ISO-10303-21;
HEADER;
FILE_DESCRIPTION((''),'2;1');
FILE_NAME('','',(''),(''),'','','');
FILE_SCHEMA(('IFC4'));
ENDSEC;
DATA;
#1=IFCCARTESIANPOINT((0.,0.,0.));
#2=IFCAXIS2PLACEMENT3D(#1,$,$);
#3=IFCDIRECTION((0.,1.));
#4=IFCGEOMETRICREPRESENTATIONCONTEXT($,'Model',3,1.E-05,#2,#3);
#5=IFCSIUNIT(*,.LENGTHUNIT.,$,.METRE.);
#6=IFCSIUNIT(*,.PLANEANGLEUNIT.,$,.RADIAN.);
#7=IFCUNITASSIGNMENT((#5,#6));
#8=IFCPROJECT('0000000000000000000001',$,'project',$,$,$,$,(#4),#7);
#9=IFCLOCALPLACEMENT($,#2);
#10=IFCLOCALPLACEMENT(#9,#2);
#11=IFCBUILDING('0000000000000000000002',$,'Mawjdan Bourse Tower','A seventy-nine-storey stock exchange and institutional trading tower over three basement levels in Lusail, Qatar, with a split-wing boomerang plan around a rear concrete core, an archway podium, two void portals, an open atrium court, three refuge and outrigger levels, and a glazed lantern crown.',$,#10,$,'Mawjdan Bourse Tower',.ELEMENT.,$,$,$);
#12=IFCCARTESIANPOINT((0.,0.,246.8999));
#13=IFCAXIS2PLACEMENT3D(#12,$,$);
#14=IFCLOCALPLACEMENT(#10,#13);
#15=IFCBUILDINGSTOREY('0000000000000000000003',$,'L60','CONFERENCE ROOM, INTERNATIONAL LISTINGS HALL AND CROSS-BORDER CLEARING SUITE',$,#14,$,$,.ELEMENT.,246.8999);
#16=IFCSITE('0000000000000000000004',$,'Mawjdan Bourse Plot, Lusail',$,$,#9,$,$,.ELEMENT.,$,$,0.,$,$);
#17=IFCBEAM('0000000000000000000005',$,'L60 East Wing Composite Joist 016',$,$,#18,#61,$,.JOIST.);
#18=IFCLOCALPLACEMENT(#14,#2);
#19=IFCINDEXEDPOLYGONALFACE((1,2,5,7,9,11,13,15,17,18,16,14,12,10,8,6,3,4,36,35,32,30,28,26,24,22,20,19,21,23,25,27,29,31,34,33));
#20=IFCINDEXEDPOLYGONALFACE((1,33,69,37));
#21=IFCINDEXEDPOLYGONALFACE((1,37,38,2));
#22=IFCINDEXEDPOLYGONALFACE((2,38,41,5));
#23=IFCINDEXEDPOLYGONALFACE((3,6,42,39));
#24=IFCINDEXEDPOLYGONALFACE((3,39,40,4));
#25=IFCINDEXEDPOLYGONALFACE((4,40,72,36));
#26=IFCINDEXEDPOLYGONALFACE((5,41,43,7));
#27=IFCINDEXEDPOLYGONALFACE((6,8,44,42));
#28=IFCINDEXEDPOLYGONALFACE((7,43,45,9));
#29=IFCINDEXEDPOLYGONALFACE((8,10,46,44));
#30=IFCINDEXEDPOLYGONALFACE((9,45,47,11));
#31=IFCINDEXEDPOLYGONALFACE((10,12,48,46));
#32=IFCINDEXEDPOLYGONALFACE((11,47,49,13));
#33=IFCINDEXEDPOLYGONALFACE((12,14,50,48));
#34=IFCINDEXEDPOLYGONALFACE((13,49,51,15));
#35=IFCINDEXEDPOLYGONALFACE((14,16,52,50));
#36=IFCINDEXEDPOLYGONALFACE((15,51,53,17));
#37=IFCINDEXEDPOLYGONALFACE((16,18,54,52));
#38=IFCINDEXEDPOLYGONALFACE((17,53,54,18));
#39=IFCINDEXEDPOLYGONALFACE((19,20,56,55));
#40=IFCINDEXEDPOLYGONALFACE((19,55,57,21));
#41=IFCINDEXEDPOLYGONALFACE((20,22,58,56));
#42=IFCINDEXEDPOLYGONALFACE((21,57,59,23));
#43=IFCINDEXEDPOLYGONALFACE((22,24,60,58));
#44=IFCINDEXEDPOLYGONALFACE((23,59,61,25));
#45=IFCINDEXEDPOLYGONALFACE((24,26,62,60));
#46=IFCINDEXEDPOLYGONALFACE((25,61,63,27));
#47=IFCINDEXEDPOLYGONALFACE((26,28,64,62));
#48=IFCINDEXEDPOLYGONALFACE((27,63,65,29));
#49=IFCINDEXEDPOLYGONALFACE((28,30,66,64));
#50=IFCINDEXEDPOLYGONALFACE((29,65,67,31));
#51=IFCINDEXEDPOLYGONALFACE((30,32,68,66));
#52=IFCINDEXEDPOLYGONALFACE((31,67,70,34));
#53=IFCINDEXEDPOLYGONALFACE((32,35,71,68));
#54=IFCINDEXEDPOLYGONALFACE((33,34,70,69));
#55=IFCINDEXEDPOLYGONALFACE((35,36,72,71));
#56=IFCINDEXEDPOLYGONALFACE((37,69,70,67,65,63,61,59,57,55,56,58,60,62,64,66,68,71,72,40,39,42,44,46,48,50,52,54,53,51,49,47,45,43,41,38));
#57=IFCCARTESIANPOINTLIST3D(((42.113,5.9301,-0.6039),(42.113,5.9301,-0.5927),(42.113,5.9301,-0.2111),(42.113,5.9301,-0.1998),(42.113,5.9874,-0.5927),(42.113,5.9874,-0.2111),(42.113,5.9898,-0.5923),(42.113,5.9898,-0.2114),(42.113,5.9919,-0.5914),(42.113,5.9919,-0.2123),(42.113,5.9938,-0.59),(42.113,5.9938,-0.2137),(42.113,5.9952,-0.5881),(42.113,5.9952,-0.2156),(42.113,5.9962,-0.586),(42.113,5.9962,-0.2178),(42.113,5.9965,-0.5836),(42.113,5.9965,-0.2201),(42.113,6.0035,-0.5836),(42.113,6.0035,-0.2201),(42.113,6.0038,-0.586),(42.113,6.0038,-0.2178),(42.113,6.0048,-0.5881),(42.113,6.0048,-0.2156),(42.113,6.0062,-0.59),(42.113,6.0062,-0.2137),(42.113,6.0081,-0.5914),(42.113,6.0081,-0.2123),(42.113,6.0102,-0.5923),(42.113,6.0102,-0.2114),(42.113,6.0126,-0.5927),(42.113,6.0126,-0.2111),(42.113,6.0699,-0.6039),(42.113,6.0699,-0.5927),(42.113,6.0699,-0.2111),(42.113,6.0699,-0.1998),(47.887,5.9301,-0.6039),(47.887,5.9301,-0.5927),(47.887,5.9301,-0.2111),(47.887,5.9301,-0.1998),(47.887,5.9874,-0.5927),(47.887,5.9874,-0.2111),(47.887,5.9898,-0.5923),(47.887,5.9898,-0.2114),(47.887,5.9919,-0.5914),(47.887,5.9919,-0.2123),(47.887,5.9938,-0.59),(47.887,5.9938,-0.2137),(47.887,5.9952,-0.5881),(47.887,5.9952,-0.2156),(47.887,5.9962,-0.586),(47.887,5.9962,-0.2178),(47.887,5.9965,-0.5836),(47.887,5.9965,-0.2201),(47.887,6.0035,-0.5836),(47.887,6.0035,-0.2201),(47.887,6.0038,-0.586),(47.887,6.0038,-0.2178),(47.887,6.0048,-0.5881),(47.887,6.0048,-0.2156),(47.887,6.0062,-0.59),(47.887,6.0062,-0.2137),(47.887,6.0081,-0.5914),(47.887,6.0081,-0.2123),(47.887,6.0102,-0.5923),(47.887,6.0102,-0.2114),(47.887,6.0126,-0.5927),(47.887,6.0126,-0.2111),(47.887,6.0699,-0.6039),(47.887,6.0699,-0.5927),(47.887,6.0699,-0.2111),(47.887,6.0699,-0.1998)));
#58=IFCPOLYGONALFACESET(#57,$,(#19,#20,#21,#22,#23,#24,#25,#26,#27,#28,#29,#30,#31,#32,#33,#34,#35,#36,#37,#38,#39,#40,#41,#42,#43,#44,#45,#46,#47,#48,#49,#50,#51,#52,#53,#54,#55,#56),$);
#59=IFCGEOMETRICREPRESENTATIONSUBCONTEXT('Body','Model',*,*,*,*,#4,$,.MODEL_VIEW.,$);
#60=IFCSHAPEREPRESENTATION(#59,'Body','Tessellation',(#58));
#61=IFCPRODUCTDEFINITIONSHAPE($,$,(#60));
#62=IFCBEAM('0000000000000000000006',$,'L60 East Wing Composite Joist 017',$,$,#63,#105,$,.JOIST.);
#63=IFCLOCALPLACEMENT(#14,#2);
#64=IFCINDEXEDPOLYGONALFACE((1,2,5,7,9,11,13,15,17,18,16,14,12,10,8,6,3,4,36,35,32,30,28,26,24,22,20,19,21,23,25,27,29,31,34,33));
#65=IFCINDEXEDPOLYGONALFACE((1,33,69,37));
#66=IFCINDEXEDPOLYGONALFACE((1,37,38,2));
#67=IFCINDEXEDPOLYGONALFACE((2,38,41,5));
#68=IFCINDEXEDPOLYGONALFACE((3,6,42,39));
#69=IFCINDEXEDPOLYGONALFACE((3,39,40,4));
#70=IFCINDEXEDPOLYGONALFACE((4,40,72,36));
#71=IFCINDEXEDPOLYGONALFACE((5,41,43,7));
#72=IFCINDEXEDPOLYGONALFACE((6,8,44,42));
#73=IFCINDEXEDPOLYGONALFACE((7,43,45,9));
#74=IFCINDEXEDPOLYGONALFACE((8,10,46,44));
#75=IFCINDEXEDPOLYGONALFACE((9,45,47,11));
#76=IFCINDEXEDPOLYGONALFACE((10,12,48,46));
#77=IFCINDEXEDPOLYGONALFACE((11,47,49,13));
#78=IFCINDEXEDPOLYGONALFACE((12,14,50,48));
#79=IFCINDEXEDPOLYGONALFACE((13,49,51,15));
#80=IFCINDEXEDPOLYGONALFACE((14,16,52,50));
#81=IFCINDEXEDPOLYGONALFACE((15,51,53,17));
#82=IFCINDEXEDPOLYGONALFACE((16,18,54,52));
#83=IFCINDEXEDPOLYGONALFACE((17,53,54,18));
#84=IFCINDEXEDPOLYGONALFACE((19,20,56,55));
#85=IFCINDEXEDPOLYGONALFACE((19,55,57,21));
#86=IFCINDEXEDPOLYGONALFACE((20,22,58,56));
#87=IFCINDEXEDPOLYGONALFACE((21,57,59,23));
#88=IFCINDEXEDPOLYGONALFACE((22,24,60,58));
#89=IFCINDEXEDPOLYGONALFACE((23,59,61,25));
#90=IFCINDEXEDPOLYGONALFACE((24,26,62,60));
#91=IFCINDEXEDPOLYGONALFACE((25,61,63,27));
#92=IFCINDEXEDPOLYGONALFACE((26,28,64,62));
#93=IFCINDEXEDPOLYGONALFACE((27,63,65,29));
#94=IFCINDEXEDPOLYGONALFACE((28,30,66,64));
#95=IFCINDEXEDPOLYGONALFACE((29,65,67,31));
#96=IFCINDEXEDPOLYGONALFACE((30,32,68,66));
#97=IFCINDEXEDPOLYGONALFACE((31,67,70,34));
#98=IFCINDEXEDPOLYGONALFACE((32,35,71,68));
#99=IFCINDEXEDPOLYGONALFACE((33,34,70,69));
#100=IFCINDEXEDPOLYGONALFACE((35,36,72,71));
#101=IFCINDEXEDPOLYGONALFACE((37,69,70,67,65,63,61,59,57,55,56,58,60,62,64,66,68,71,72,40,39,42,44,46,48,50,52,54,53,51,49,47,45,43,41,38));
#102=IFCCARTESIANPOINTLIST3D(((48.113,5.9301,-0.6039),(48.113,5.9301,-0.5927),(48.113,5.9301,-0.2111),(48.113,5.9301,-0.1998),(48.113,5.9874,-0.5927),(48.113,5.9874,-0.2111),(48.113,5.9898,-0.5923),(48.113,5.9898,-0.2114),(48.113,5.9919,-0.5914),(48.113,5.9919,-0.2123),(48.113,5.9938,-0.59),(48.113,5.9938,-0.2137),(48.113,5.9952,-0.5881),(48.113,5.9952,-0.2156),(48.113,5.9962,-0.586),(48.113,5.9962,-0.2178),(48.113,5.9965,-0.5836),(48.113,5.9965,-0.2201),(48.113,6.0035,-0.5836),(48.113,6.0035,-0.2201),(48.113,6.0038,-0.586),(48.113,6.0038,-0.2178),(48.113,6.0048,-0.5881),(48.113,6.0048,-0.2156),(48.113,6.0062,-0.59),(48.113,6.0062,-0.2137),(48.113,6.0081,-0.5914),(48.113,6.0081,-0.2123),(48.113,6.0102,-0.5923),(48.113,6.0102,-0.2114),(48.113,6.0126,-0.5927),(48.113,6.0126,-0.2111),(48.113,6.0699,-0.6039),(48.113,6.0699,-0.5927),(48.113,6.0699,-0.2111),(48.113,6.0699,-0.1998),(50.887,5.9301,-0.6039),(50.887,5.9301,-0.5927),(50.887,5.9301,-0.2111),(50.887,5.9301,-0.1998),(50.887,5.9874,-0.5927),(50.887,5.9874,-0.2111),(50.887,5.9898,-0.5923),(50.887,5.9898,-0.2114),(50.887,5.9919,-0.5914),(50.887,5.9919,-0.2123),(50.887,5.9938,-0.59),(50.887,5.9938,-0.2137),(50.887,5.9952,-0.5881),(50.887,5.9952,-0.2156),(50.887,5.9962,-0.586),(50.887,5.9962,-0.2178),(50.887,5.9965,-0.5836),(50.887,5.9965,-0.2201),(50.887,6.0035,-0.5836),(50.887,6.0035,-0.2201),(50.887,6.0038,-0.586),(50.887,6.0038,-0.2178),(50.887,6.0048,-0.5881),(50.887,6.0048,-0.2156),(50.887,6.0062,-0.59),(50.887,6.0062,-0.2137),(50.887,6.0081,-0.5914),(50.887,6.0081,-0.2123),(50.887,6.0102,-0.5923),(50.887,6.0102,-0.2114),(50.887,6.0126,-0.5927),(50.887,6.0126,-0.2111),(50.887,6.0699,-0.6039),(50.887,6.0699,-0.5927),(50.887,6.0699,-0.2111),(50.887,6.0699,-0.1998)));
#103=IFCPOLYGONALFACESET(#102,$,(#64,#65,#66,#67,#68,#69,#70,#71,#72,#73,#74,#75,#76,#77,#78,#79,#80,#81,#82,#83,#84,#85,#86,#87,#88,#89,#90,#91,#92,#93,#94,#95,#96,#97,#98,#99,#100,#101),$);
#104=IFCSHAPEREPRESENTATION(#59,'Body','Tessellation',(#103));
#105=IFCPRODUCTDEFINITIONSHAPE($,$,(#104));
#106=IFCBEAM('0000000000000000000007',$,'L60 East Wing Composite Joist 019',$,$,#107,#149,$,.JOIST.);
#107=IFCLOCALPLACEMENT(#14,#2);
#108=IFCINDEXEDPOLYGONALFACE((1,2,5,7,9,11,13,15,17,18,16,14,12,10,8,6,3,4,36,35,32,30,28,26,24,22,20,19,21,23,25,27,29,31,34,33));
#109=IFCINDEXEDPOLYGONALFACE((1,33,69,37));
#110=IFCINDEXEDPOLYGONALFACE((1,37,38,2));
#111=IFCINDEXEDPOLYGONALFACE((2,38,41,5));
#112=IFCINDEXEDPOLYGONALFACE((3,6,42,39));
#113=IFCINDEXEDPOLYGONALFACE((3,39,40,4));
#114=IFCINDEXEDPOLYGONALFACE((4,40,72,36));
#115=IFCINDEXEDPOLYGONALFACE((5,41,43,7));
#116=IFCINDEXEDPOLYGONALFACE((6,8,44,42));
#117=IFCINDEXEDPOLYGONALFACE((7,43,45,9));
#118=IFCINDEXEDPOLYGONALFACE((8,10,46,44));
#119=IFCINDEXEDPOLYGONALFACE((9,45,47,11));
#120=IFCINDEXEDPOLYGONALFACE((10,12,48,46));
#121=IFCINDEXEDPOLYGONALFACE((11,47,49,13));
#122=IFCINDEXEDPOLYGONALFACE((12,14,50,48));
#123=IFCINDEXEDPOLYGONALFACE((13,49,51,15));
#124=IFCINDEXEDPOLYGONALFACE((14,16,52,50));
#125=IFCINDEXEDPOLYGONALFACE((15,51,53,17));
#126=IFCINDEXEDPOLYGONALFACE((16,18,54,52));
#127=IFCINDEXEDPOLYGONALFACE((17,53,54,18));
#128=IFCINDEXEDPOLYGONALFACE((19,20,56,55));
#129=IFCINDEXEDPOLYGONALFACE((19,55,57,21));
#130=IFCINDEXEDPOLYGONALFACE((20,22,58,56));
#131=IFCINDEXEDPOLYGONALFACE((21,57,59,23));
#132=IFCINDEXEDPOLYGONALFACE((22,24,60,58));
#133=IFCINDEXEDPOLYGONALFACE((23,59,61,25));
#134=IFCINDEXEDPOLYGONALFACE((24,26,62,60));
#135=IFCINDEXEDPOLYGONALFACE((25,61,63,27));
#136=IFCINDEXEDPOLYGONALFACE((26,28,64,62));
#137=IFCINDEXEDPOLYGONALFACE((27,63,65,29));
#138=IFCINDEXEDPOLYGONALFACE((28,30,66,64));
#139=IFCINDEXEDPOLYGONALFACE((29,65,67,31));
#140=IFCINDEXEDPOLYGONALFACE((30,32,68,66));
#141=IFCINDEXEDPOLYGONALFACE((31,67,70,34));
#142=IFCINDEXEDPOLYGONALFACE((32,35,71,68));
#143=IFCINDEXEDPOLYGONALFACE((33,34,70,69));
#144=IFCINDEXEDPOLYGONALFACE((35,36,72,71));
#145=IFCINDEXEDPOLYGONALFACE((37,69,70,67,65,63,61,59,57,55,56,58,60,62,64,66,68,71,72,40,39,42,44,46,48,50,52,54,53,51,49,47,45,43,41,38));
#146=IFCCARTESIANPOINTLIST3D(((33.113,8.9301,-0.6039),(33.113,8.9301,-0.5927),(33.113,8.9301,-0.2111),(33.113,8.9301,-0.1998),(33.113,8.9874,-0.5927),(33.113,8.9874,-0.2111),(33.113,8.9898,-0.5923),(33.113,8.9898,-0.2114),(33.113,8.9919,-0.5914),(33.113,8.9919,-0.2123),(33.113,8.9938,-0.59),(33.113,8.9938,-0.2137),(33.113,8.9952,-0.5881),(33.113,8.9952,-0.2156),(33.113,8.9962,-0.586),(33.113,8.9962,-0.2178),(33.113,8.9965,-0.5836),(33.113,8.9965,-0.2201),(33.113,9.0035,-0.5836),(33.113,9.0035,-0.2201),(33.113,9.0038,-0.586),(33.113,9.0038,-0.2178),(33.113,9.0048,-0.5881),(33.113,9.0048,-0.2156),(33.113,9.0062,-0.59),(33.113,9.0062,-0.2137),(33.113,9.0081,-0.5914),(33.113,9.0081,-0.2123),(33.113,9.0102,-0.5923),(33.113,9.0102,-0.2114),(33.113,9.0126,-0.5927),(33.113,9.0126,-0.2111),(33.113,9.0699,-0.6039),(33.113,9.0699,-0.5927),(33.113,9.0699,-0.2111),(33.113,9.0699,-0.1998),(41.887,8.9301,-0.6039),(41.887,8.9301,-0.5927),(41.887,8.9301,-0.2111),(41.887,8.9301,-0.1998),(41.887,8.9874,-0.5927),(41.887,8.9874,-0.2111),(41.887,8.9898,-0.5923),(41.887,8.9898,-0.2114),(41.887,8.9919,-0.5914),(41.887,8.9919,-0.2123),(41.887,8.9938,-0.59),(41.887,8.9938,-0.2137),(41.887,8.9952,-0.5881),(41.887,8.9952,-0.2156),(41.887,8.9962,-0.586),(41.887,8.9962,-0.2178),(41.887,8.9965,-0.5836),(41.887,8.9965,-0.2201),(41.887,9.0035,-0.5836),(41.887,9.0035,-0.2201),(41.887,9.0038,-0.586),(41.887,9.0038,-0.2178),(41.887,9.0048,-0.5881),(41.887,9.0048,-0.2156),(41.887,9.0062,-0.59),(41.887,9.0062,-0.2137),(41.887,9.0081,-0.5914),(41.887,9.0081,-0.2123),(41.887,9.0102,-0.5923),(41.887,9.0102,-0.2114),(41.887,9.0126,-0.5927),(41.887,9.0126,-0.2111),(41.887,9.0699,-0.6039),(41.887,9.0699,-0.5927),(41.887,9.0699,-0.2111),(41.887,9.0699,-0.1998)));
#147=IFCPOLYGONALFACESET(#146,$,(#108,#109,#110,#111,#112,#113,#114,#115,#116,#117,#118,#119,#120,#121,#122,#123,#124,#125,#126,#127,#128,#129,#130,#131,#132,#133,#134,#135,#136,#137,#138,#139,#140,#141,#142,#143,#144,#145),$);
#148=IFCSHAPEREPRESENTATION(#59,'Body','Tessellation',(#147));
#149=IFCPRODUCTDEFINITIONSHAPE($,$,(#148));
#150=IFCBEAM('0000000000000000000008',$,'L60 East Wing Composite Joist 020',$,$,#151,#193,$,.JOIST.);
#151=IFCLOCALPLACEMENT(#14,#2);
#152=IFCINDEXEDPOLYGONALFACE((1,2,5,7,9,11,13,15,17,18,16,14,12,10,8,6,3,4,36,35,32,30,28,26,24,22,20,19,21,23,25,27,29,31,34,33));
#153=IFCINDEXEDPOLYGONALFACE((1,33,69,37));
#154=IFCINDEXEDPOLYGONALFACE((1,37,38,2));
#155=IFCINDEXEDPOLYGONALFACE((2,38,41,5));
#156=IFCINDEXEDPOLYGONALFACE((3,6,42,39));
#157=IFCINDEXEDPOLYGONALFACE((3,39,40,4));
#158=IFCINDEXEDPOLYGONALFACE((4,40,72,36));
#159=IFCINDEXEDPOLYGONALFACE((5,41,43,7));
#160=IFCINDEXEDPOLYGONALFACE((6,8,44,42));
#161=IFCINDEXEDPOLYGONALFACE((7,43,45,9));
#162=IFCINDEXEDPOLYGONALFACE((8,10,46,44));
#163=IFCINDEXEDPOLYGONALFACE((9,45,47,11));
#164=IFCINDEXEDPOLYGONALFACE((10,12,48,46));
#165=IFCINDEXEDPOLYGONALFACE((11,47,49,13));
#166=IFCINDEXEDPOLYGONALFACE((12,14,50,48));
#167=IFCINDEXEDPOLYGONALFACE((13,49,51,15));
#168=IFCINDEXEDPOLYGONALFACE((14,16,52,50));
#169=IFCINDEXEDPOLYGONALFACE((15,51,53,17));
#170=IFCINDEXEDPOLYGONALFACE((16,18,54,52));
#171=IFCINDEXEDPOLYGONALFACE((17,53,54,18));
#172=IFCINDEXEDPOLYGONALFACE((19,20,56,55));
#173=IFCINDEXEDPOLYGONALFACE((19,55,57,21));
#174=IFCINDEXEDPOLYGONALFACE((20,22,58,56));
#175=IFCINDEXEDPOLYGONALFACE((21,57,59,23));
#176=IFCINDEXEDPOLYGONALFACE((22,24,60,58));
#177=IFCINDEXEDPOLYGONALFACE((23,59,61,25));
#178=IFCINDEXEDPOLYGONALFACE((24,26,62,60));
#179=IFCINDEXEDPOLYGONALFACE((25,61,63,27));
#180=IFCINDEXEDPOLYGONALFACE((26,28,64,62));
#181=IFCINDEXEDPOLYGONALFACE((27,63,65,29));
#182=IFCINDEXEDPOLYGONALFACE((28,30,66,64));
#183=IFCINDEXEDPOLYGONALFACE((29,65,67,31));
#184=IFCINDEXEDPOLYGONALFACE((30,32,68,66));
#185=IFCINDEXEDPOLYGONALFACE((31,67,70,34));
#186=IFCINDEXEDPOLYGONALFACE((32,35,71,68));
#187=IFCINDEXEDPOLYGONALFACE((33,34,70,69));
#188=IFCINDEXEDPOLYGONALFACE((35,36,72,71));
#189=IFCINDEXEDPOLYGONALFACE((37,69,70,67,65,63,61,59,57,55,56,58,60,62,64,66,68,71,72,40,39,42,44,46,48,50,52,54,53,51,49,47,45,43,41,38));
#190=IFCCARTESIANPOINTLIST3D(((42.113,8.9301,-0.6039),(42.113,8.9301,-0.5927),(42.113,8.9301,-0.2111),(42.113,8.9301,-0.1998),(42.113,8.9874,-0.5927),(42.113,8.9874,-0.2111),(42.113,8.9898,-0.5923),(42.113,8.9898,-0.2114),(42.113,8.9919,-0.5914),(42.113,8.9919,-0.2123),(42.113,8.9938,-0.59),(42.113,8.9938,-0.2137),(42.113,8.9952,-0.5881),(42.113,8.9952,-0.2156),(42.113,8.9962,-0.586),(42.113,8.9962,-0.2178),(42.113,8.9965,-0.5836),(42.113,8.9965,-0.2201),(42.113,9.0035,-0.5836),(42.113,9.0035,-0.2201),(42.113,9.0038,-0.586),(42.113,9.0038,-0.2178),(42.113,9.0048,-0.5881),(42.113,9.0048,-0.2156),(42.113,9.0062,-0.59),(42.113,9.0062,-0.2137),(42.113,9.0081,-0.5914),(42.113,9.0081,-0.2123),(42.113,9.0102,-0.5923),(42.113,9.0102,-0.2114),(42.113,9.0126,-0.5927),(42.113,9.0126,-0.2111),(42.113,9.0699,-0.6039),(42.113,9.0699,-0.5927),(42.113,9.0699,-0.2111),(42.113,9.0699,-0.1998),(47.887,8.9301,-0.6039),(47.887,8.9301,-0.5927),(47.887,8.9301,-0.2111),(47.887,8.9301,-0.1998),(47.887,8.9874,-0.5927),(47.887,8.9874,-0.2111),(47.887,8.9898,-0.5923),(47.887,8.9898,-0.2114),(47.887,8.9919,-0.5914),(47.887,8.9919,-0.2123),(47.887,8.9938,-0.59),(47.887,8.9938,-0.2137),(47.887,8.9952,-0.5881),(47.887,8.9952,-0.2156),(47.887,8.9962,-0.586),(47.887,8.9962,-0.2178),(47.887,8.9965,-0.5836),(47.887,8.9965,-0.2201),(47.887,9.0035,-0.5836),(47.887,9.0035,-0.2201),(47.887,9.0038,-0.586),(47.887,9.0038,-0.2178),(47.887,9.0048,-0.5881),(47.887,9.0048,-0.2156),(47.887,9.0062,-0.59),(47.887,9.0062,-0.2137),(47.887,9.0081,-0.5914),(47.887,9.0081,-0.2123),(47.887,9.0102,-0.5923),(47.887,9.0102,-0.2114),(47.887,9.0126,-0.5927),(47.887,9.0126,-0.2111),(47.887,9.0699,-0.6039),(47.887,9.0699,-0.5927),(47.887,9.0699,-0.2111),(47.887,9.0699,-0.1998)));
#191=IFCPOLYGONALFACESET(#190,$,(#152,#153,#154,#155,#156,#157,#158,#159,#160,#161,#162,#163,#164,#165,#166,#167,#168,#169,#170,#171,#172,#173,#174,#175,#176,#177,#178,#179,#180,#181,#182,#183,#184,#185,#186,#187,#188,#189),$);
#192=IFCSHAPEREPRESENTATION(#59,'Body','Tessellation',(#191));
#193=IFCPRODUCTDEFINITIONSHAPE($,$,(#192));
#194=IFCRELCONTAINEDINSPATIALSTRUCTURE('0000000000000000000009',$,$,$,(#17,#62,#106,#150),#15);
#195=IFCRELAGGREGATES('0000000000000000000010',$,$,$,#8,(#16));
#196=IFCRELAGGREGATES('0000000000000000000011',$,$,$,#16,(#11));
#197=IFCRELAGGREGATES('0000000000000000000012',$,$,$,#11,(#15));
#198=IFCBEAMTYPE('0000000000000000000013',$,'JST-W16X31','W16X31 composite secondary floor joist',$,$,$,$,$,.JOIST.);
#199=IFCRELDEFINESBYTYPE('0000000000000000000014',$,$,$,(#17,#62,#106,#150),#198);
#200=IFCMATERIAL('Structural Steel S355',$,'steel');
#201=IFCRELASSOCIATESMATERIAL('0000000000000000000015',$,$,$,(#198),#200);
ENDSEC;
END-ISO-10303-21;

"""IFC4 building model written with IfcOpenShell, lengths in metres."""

from ifc_helpers import new_model, si_unit, direction, frame, origin, origin_2d, place, context, subcontext, project, spatial, i_section, extrude, material, material_profile, profile_set, type_object, element, save


model = new_model("IFC4")

# Units and contexts
model_context = context("Model", 3, precision=1e-05, world=origin(), true_north=direction((0.0, 1.0)))
body_context = subcontext(model_context, "Body", "Model", "MODEL_VIEW")
ifc_project = project(units=[si_unit("LENGTHUNIT", "METRE"), si_unit("PLANEANGLEUNIT", "RADIAN")], contexts=[model_context])

# Site, building, storey
site_placement = place(None, origin())
site = spatial("IfcSite", under=ifc_project, at=site_placement, Name="Mawjdan Bourse Plot, Lusail", CompositionType="ELEMENT", RefElevation=0.0)
building_placement = place(site_placement, origin())
building = spatial("IfcBuilding", under=site, at=building_placement, Name="Mawjdan Bourse Tower", Description="A seventy-nine-storey stock exchange and institutional trading tower over three basement levels in Lusail, Qatar, with a split-wing boomerang plan around a rear concrete core, an archway podium, two void portals, an open atrium court, three refuge and outrigger levels, and a glazed lantern crown.", LongName="Mawjdan Bourse Tower", CompositionType="ELEMENT")
storey_placement = place(building_placement, frame((0.0, 0.0, 246.8999)))
storey = spatial("IfcBuildingStorey", under=building, at=storey_placement, Name="L60", Description="CONFERENCE ROOM, INTERNATIONAL LISTINGS HALL AND CROSS-BORDER CLEARING SUITE", CompositionType="ELEMENT", Elevation=246.8999)

# Beams
ifc_material_1 = material(Name="Structural Steel S355", Category="steel")
ifc_material_profile_1 = material_profile(ifc_material_1, i_section(OverallWidth=0.1399, OverallDepth=0.4041, WebThickness=0.0071, FlangeThickness=0.0112, FilletRadius=0.009, at=origin_2d()), Name="W16X31")
ifc_profile_set_1 = profile_set([ifc_material_profile_1], Name="Structural Steel S355")
beam_type_1 = type_object("IfcBeamType", Name="JST-W16X31", Description="W16X31 composite secondary floor joist", PredefinedType="JOIST", material=ifc_profile_set_1)
beam_1_placement = place(storey_placement, frame((42.113, 6.0, -0.4019), z_axis=(1.0, 0.0, 0.0), x_axis=(0.0, 1.0, 0.0)))
element("IfcBeam", 1, at=beam_1_placement, inside=storey, type_object=beam_type_1, Name="L60 East Wing Composite Joist 016", PredefinedType="JOIST", context=body_context, shape_type="SweptSolid", body=[
    extrude(i_section(OverallWidth=0.1399, OverallDepth=0.4041, WebThickness=0.0071, FlangeThickness=0.0112, FilletRadius=0.009, at=origin_2d()), origin(), (0.0, 0.0, 1.0), 5.7739),
])
beam_2_placement = place(storey_placement, frame((48.113, 6.0, -0.4019), z_axis=(1.0, 0.0, 0.0), x_axis=(0.0, 1.0, 0.0)))
element("IfcBeam", 2, at=beam_2_placement, inside=storey, type_object=beam_type_1, Name="L60 East Wing Composite Joist 017", PredefinedType="JOIST", context=body_context, shape_type="SweptSolid", body=[
    extrude(i_section(OverallWidth=0.1399, OverallDepth=0.4041, WebThickness=0.0071, FlangeThickness=0.0112, FilletRadius=0.009, at=origin_2d()), origin(), (0.0, 0.0, 1.0), 2.7739),
])
beam_3_placement = place(storey_placement, frame((33.113, 9.0, -0.4019), z_axis=(1.0, 0.0, 0.0), x_axis=(0.0, 1.0, 0.0)))
element("IfcBeam", 3, at=beam_3_placement, inside=storey, type_object=beam_type_1, Name="L60 East Wing Composite Joist 019", PredefinedType="JOIST", context=body_context, shape_type="SweptSolid", body=[
    extrude(i_section(OverallWidth=0.1399, OverallDepth=0.4041, WebThickness=0.0071, FlangeThickness=0.0112, FilletRadius=0.009, at=origin_2d()), origin(), (0.0, 0.0, 1.0), 8.7739),
])
beam_4_placement = place(storey_placement, frame((42.113, 9.0, -0.4019), z_axis=(1.0, 0.0, 0.0), x_axis=(0.0, 1.0, 0.0)))
element("IfcBeam", 4, at=beam_4_placement, inside=storey, type_object=beam_type_1, Name="L60 East Wing Composite Joist 020", PredefinedType="JOIST", context=body_context, shape_type="SweptSolid", body=[
    extrude(i_section(OverallWidth=0.1399, OverallDepth=0.4041, WebThickness=0.0071, FlangeThickness=0.0112, FilletRadius=0.009, at=origin_2d()), origin(), (0.0, 0.0, 1.0), 5.7739),
])

save(model, "model.ifc")
